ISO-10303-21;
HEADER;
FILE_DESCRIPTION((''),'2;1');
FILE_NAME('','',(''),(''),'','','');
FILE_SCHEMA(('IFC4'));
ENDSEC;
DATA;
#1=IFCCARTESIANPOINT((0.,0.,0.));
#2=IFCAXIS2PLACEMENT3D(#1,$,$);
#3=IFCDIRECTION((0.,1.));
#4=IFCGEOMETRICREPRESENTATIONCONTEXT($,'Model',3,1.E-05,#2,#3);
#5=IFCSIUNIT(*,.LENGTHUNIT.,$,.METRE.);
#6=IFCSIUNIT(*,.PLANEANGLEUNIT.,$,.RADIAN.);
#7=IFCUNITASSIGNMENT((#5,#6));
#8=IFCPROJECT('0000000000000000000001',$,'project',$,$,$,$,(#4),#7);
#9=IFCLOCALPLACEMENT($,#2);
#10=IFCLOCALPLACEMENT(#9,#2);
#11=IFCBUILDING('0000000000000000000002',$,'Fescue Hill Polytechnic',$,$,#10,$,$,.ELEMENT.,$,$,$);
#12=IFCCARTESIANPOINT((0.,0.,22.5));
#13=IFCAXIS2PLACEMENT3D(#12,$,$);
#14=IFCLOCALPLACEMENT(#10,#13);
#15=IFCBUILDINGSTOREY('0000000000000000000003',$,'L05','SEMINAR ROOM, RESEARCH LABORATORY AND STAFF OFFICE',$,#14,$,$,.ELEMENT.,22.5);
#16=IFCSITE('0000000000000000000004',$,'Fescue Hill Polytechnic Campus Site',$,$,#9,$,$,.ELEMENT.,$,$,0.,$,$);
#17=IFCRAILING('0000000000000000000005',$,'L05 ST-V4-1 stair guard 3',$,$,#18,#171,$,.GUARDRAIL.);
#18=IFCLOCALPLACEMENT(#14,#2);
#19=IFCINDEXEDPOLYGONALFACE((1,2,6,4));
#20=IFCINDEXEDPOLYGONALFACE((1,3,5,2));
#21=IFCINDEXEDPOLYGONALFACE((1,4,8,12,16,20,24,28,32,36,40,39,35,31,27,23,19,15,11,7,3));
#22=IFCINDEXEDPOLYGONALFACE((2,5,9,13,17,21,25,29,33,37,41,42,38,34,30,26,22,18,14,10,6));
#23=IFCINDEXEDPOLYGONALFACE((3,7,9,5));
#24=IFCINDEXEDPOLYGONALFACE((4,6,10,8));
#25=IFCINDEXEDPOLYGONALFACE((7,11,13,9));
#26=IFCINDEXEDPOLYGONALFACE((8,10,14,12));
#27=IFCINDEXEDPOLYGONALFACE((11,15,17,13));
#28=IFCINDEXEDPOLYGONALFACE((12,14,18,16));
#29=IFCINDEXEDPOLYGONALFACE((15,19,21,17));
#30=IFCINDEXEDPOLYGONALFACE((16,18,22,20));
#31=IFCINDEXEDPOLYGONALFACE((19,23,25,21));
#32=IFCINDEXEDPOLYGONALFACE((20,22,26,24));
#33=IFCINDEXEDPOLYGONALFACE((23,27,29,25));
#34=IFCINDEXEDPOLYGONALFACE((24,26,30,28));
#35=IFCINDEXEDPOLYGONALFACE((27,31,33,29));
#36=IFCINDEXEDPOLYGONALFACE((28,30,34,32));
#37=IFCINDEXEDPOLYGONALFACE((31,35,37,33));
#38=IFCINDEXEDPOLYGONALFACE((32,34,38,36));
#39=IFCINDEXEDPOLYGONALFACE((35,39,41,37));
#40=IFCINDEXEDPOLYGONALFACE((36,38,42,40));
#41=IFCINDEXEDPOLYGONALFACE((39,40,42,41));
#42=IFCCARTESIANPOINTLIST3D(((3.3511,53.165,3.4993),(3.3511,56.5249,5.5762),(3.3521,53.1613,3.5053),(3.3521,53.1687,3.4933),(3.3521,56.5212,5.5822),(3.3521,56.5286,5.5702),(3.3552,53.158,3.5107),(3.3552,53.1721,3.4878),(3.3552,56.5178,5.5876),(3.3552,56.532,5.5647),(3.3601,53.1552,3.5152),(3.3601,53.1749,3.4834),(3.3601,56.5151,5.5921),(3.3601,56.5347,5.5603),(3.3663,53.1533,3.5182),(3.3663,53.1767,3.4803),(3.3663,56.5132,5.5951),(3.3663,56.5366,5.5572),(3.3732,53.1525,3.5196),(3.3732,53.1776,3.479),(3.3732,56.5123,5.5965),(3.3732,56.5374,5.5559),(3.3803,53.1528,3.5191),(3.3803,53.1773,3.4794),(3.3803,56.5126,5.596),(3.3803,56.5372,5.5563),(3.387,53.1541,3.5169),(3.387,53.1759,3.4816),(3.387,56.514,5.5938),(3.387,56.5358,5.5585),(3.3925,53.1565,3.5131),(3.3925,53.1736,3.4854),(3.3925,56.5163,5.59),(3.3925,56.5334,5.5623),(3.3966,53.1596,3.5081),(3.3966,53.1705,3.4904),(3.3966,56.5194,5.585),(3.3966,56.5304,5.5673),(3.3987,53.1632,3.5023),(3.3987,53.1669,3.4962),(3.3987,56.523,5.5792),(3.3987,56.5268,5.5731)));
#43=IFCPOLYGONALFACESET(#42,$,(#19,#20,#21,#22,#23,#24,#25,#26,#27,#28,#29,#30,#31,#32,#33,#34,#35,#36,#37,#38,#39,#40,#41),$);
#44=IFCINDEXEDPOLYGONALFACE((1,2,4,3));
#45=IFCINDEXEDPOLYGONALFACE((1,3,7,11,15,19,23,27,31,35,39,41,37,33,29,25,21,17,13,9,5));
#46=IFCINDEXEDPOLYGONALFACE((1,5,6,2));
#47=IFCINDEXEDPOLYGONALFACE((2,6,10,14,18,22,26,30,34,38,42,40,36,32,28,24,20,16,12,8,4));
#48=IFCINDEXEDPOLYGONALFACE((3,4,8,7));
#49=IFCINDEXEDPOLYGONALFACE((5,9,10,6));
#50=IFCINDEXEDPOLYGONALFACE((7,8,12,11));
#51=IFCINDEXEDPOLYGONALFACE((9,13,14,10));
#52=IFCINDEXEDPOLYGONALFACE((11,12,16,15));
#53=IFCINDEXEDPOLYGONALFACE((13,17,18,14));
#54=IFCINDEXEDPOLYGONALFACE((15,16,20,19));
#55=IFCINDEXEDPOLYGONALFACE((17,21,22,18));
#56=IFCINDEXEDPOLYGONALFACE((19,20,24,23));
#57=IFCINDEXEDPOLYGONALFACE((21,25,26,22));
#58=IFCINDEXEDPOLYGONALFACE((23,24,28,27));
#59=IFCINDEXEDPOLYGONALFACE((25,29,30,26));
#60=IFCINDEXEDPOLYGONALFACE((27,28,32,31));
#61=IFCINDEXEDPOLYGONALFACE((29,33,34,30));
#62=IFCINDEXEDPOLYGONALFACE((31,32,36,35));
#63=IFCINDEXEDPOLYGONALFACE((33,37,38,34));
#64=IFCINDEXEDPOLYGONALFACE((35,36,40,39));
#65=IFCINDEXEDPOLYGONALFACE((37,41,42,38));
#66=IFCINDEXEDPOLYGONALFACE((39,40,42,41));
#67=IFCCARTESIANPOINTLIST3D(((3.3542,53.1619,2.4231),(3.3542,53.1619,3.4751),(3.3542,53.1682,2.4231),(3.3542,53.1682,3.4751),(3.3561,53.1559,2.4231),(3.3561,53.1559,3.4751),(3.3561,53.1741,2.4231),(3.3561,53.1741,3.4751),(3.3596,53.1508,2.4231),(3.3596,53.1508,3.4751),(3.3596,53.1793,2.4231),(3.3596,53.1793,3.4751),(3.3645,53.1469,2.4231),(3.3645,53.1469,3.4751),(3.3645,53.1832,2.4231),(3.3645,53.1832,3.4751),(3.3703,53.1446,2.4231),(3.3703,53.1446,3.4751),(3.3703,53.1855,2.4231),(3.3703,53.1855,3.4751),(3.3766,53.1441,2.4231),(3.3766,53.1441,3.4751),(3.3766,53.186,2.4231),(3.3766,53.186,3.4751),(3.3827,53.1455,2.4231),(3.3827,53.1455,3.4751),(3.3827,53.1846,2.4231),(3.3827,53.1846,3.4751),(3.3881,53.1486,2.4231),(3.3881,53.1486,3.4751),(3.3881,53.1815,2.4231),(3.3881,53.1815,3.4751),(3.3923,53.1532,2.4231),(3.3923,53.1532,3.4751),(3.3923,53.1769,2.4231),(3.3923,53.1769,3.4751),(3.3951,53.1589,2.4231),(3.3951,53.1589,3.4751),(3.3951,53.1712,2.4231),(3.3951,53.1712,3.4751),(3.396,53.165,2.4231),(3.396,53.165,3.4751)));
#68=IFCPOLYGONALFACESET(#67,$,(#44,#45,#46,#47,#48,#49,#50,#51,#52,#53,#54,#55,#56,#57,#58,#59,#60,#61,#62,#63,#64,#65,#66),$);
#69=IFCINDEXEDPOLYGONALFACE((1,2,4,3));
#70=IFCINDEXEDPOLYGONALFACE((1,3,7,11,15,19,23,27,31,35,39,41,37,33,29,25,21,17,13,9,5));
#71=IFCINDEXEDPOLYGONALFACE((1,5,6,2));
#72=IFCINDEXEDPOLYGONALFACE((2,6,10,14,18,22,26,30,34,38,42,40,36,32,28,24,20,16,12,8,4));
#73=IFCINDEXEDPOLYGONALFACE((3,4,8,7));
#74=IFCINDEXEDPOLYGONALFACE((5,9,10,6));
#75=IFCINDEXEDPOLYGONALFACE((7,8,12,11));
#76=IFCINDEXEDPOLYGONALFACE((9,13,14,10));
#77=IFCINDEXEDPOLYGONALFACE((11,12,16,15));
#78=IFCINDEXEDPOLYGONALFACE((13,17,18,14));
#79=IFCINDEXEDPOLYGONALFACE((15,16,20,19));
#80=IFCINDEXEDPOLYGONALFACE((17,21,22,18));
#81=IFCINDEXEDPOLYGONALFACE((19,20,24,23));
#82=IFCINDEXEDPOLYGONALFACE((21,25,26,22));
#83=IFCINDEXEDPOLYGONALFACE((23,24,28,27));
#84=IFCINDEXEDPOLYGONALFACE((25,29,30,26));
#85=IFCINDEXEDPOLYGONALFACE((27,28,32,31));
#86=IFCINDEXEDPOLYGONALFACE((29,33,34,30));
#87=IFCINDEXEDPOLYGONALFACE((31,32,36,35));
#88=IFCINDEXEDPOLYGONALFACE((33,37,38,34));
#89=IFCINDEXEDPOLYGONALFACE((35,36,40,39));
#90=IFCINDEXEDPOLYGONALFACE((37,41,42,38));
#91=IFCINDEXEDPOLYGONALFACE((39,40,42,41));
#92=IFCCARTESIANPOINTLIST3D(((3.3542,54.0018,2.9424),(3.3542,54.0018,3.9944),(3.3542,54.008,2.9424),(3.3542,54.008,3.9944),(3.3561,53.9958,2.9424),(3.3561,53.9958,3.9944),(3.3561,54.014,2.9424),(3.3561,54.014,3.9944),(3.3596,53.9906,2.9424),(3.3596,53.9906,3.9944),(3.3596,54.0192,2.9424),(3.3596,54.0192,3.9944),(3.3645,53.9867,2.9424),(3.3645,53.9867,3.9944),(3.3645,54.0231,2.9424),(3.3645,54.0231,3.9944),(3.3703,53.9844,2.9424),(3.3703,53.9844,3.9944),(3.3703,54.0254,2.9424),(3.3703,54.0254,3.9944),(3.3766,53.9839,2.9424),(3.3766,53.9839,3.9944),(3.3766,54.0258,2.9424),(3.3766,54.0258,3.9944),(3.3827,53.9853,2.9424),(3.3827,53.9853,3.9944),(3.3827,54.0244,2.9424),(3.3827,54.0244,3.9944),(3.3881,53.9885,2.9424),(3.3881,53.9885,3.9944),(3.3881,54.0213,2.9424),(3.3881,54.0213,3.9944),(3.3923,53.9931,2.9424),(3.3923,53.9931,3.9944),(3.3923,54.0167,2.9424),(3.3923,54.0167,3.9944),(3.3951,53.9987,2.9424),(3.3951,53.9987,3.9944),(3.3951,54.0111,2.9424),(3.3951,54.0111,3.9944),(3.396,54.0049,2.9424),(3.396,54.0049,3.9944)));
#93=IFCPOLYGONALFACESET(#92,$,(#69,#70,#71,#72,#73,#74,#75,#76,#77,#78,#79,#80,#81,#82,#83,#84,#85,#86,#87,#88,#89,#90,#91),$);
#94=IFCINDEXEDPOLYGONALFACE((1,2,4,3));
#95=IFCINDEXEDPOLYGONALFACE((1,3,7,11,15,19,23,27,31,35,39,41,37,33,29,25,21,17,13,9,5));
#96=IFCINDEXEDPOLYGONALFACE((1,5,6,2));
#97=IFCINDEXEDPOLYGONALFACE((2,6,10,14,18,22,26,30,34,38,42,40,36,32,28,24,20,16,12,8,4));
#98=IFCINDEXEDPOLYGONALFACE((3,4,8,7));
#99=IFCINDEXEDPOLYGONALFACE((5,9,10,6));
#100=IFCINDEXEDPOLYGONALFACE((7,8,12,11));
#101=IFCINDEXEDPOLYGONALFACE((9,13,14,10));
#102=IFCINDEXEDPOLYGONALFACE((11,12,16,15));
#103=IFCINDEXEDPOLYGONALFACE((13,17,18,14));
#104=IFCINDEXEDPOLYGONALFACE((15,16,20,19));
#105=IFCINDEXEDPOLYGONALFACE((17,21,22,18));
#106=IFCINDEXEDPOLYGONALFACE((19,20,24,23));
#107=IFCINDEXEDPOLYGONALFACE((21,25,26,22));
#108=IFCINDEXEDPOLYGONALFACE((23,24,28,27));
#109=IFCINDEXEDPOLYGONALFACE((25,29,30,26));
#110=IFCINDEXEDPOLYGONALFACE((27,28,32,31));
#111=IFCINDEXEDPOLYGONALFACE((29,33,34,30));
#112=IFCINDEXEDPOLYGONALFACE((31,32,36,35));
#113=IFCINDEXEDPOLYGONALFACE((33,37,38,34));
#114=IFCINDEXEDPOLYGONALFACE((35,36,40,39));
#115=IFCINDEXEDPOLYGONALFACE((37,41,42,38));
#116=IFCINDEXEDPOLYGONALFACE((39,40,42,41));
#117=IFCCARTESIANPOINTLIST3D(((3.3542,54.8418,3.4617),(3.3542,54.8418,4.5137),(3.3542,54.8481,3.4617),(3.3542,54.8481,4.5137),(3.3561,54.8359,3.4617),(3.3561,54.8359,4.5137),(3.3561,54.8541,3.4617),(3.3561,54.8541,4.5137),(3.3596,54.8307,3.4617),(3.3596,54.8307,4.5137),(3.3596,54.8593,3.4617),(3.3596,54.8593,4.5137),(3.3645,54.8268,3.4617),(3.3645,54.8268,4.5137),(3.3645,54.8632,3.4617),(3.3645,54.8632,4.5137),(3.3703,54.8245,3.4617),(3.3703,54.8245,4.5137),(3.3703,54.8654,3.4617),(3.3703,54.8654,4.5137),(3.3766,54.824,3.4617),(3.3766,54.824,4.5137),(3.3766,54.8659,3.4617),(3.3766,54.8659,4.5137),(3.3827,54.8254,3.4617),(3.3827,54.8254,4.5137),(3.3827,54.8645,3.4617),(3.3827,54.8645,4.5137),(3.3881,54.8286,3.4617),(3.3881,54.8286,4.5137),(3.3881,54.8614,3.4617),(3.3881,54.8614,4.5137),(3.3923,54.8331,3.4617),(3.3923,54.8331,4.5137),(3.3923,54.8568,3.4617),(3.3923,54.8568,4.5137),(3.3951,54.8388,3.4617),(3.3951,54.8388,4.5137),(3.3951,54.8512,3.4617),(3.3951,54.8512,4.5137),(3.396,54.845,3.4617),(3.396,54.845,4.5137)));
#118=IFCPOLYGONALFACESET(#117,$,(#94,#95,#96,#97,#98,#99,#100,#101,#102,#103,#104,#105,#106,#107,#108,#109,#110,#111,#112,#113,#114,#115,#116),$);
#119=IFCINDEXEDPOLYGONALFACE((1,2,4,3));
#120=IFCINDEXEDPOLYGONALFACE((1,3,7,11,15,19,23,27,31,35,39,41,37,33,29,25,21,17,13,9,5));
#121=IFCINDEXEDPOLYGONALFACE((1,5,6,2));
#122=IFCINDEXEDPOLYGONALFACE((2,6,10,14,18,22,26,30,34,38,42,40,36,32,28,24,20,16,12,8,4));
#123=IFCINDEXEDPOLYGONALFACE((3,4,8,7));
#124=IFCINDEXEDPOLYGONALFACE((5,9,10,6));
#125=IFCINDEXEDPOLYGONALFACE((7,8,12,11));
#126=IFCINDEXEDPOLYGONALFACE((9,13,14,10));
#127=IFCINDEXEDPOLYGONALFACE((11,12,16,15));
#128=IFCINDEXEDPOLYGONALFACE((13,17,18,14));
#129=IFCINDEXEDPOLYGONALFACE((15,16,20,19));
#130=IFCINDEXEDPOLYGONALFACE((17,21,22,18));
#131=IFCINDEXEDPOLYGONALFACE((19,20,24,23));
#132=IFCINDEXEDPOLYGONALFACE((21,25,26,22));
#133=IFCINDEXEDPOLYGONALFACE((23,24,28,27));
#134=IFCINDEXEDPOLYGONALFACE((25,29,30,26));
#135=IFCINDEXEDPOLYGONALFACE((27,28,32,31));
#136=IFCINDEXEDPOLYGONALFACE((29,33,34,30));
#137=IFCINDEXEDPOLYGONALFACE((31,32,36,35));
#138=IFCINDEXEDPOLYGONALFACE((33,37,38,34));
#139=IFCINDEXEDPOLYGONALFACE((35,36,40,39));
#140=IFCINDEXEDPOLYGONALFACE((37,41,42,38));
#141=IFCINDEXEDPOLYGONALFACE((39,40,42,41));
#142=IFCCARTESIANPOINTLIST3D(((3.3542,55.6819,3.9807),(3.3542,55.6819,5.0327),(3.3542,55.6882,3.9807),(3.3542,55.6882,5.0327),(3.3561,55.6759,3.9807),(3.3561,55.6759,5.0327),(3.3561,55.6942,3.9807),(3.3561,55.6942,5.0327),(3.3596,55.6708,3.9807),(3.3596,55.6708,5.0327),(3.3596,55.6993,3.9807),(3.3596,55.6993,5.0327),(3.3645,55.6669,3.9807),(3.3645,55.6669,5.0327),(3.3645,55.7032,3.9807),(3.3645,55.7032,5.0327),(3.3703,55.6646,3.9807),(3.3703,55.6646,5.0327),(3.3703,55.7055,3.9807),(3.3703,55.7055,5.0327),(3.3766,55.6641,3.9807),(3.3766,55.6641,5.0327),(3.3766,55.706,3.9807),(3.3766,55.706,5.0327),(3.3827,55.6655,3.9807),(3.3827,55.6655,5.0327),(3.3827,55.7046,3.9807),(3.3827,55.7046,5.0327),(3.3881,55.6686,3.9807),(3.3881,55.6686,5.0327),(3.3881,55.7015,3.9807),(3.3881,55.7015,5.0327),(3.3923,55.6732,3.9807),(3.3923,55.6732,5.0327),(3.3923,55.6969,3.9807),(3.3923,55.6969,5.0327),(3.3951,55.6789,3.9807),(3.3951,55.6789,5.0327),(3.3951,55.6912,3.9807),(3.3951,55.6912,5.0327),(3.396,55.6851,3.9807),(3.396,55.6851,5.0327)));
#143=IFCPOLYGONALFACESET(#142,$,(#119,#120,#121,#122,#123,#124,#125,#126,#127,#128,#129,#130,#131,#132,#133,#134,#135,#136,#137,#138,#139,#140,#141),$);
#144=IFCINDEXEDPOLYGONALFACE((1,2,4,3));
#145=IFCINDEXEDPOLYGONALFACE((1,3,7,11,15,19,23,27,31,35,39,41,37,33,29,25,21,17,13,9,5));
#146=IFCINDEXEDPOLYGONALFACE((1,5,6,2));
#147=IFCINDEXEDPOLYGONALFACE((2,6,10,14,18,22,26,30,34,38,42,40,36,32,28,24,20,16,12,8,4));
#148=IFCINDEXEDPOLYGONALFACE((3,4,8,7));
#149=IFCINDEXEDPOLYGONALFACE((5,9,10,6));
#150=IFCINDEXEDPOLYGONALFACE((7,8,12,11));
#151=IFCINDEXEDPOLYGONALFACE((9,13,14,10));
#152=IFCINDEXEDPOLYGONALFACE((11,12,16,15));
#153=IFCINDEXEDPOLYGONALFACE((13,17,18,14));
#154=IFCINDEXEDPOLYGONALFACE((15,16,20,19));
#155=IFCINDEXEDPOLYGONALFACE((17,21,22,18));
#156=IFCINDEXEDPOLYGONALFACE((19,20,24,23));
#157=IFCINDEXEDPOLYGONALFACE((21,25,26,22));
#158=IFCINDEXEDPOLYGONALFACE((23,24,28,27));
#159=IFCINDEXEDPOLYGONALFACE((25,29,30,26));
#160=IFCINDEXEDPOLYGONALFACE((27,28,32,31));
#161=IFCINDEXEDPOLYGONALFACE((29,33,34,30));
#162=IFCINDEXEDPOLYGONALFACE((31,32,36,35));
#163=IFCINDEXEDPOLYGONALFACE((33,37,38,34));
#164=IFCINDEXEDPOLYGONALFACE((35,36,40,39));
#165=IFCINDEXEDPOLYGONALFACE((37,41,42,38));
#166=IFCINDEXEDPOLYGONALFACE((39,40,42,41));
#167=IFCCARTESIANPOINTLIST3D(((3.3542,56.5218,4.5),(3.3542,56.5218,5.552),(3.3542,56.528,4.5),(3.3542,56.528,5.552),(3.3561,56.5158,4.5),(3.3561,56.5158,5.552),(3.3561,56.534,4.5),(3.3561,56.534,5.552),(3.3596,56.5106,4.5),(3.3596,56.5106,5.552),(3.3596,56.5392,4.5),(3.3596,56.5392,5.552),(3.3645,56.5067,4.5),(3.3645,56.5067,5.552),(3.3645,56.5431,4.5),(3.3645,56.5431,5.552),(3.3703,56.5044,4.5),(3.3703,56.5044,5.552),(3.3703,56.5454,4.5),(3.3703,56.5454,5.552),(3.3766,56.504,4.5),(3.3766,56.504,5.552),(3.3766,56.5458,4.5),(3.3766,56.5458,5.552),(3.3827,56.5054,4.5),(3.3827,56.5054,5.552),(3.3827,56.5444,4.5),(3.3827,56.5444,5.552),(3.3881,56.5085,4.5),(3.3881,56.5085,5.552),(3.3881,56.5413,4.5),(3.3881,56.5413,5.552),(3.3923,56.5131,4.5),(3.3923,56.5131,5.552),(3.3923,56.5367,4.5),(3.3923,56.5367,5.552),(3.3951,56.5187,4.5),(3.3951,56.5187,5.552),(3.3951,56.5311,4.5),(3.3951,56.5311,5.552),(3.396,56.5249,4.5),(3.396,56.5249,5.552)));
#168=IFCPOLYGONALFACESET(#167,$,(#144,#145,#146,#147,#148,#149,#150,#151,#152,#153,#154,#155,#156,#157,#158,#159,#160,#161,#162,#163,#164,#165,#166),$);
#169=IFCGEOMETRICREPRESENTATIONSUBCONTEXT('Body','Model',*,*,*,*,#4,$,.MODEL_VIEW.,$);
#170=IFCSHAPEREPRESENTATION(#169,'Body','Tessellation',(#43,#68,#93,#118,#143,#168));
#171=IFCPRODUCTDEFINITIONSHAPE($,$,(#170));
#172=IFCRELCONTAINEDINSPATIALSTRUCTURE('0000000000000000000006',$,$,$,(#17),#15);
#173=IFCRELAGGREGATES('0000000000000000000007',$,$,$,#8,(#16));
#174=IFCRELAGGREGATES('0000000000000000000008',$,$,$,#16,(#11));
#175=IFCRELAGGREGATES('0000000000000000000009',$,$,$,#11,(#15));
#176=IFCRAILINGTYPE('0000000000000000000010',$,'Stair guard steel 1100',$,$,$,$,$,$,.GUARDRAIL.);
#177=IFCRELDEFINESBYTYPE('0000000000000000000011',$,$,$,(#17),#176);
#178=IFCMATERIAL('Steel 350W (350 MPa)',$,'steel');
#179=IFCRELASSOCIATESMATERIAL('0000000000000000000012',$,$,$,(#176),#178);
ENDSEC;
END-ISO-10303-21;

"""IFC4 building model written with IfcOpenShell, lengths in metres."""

from ifc_helpers import new_model, si_unit, direction, frame, origin, origin_2d, place, context, subcontext, project, spatial, circle, extrude, material, type_object, element, save


model = new_model("IFC4")

# Units and contexts
model_context = context("Model", 3, precision=1e-05, world=origin(), true_north=direction((0.0, 1.0)))
body_context = subcontext(model_context, "Body", "Model", "MODEL_VIEW")
ifc_project = project(units=[si_unit("LENGTHUNIT", "METRE"), si_unit("PLANEANGLEUNIT", "RADIAN")], contexts=[model_context])

# Site, building, storey
site_placement = place(None, origin())
site = spatial("IfcSite", under=ifc_project, at=site_placement, Name="Fescue Hill Polytechnic Campus Site", CompositionType="ELEMENT", RefElevation=0.0)
building_placement = place(site_placement, origin())
building = spatial("IfcBuilding", under=site, at=building_placement, Name="Fescue Hill Polytechnic", CompositionType="ELEMENT")
storey_placement = place(building_placement, frame((0.0, 0.0, 22.5)))
storey = spatial("IfcBuildingStorey", under=building, at=storey_placement, Name="L05", Description="SEMINAR ROOM, RESEARCH LABORATORY AND STAFF OFFICE", CompositionType="ELEMENT", Elevation=22.5)

# Railing
ifc_material_1 = material(Name="Steel 350W (350 MPa)", Category="steel")
railing_type_1 = type_object("IfcRailingType", Name="Stair guard steel 1100", PredefinedType="GUARDRAIL", material=ifc_material_1)
railing_1_placement = place(storey_placement, frame((3.375, 53.165, 2.4231)))
element("IfcRailing", 1, at=railing_1_placement, inside=storey, type_object=railing_type_1, Name="L05 ST-V4-1 stair guard 3", PredefinedType="GUARDRAIL", context=body_context, shape_type="SweptSolid", body=[
    extrude(circle(Radius=0.0239, at=origin_2d()), frame((0.0, 0.0, 1.0762), z_axis=(0.0, 0.850606, 0.525803), x_axis=(-1.0, 0.0, 0.0)), (0.0, 0.0, 1.0), 3.95),
    extrude(circle(Radius=0.021, at=origin_2d()), origin(), (0.0, 0.0, 1.0), 1.052),
    extrude(circle(Radius=0.021, at=origin_2d()), frame((0.0, 0.8398, 0.5193)), (0.0, 0.0, 1.0), 1.052),
    extrude(circle(Radius=0.021, at=origin_2d()), frame((0.0, 1.6799, 1.0386)), (0.0, 0.0, 1.0), 1.052),
    extrude(circle(Radius=0.021, at=origin_2d()), frame((0.0, 2.52, 1.5576)), (0.0, 0.0, 1.0), 1.052),
    extrude(circle(Radius=0.021, at=origin_2d()), frame((0.0, 3.3599, 2.0769)), (0.0, 0.0, 1.0), 1.052),
])

save(model, "model.ifc")
